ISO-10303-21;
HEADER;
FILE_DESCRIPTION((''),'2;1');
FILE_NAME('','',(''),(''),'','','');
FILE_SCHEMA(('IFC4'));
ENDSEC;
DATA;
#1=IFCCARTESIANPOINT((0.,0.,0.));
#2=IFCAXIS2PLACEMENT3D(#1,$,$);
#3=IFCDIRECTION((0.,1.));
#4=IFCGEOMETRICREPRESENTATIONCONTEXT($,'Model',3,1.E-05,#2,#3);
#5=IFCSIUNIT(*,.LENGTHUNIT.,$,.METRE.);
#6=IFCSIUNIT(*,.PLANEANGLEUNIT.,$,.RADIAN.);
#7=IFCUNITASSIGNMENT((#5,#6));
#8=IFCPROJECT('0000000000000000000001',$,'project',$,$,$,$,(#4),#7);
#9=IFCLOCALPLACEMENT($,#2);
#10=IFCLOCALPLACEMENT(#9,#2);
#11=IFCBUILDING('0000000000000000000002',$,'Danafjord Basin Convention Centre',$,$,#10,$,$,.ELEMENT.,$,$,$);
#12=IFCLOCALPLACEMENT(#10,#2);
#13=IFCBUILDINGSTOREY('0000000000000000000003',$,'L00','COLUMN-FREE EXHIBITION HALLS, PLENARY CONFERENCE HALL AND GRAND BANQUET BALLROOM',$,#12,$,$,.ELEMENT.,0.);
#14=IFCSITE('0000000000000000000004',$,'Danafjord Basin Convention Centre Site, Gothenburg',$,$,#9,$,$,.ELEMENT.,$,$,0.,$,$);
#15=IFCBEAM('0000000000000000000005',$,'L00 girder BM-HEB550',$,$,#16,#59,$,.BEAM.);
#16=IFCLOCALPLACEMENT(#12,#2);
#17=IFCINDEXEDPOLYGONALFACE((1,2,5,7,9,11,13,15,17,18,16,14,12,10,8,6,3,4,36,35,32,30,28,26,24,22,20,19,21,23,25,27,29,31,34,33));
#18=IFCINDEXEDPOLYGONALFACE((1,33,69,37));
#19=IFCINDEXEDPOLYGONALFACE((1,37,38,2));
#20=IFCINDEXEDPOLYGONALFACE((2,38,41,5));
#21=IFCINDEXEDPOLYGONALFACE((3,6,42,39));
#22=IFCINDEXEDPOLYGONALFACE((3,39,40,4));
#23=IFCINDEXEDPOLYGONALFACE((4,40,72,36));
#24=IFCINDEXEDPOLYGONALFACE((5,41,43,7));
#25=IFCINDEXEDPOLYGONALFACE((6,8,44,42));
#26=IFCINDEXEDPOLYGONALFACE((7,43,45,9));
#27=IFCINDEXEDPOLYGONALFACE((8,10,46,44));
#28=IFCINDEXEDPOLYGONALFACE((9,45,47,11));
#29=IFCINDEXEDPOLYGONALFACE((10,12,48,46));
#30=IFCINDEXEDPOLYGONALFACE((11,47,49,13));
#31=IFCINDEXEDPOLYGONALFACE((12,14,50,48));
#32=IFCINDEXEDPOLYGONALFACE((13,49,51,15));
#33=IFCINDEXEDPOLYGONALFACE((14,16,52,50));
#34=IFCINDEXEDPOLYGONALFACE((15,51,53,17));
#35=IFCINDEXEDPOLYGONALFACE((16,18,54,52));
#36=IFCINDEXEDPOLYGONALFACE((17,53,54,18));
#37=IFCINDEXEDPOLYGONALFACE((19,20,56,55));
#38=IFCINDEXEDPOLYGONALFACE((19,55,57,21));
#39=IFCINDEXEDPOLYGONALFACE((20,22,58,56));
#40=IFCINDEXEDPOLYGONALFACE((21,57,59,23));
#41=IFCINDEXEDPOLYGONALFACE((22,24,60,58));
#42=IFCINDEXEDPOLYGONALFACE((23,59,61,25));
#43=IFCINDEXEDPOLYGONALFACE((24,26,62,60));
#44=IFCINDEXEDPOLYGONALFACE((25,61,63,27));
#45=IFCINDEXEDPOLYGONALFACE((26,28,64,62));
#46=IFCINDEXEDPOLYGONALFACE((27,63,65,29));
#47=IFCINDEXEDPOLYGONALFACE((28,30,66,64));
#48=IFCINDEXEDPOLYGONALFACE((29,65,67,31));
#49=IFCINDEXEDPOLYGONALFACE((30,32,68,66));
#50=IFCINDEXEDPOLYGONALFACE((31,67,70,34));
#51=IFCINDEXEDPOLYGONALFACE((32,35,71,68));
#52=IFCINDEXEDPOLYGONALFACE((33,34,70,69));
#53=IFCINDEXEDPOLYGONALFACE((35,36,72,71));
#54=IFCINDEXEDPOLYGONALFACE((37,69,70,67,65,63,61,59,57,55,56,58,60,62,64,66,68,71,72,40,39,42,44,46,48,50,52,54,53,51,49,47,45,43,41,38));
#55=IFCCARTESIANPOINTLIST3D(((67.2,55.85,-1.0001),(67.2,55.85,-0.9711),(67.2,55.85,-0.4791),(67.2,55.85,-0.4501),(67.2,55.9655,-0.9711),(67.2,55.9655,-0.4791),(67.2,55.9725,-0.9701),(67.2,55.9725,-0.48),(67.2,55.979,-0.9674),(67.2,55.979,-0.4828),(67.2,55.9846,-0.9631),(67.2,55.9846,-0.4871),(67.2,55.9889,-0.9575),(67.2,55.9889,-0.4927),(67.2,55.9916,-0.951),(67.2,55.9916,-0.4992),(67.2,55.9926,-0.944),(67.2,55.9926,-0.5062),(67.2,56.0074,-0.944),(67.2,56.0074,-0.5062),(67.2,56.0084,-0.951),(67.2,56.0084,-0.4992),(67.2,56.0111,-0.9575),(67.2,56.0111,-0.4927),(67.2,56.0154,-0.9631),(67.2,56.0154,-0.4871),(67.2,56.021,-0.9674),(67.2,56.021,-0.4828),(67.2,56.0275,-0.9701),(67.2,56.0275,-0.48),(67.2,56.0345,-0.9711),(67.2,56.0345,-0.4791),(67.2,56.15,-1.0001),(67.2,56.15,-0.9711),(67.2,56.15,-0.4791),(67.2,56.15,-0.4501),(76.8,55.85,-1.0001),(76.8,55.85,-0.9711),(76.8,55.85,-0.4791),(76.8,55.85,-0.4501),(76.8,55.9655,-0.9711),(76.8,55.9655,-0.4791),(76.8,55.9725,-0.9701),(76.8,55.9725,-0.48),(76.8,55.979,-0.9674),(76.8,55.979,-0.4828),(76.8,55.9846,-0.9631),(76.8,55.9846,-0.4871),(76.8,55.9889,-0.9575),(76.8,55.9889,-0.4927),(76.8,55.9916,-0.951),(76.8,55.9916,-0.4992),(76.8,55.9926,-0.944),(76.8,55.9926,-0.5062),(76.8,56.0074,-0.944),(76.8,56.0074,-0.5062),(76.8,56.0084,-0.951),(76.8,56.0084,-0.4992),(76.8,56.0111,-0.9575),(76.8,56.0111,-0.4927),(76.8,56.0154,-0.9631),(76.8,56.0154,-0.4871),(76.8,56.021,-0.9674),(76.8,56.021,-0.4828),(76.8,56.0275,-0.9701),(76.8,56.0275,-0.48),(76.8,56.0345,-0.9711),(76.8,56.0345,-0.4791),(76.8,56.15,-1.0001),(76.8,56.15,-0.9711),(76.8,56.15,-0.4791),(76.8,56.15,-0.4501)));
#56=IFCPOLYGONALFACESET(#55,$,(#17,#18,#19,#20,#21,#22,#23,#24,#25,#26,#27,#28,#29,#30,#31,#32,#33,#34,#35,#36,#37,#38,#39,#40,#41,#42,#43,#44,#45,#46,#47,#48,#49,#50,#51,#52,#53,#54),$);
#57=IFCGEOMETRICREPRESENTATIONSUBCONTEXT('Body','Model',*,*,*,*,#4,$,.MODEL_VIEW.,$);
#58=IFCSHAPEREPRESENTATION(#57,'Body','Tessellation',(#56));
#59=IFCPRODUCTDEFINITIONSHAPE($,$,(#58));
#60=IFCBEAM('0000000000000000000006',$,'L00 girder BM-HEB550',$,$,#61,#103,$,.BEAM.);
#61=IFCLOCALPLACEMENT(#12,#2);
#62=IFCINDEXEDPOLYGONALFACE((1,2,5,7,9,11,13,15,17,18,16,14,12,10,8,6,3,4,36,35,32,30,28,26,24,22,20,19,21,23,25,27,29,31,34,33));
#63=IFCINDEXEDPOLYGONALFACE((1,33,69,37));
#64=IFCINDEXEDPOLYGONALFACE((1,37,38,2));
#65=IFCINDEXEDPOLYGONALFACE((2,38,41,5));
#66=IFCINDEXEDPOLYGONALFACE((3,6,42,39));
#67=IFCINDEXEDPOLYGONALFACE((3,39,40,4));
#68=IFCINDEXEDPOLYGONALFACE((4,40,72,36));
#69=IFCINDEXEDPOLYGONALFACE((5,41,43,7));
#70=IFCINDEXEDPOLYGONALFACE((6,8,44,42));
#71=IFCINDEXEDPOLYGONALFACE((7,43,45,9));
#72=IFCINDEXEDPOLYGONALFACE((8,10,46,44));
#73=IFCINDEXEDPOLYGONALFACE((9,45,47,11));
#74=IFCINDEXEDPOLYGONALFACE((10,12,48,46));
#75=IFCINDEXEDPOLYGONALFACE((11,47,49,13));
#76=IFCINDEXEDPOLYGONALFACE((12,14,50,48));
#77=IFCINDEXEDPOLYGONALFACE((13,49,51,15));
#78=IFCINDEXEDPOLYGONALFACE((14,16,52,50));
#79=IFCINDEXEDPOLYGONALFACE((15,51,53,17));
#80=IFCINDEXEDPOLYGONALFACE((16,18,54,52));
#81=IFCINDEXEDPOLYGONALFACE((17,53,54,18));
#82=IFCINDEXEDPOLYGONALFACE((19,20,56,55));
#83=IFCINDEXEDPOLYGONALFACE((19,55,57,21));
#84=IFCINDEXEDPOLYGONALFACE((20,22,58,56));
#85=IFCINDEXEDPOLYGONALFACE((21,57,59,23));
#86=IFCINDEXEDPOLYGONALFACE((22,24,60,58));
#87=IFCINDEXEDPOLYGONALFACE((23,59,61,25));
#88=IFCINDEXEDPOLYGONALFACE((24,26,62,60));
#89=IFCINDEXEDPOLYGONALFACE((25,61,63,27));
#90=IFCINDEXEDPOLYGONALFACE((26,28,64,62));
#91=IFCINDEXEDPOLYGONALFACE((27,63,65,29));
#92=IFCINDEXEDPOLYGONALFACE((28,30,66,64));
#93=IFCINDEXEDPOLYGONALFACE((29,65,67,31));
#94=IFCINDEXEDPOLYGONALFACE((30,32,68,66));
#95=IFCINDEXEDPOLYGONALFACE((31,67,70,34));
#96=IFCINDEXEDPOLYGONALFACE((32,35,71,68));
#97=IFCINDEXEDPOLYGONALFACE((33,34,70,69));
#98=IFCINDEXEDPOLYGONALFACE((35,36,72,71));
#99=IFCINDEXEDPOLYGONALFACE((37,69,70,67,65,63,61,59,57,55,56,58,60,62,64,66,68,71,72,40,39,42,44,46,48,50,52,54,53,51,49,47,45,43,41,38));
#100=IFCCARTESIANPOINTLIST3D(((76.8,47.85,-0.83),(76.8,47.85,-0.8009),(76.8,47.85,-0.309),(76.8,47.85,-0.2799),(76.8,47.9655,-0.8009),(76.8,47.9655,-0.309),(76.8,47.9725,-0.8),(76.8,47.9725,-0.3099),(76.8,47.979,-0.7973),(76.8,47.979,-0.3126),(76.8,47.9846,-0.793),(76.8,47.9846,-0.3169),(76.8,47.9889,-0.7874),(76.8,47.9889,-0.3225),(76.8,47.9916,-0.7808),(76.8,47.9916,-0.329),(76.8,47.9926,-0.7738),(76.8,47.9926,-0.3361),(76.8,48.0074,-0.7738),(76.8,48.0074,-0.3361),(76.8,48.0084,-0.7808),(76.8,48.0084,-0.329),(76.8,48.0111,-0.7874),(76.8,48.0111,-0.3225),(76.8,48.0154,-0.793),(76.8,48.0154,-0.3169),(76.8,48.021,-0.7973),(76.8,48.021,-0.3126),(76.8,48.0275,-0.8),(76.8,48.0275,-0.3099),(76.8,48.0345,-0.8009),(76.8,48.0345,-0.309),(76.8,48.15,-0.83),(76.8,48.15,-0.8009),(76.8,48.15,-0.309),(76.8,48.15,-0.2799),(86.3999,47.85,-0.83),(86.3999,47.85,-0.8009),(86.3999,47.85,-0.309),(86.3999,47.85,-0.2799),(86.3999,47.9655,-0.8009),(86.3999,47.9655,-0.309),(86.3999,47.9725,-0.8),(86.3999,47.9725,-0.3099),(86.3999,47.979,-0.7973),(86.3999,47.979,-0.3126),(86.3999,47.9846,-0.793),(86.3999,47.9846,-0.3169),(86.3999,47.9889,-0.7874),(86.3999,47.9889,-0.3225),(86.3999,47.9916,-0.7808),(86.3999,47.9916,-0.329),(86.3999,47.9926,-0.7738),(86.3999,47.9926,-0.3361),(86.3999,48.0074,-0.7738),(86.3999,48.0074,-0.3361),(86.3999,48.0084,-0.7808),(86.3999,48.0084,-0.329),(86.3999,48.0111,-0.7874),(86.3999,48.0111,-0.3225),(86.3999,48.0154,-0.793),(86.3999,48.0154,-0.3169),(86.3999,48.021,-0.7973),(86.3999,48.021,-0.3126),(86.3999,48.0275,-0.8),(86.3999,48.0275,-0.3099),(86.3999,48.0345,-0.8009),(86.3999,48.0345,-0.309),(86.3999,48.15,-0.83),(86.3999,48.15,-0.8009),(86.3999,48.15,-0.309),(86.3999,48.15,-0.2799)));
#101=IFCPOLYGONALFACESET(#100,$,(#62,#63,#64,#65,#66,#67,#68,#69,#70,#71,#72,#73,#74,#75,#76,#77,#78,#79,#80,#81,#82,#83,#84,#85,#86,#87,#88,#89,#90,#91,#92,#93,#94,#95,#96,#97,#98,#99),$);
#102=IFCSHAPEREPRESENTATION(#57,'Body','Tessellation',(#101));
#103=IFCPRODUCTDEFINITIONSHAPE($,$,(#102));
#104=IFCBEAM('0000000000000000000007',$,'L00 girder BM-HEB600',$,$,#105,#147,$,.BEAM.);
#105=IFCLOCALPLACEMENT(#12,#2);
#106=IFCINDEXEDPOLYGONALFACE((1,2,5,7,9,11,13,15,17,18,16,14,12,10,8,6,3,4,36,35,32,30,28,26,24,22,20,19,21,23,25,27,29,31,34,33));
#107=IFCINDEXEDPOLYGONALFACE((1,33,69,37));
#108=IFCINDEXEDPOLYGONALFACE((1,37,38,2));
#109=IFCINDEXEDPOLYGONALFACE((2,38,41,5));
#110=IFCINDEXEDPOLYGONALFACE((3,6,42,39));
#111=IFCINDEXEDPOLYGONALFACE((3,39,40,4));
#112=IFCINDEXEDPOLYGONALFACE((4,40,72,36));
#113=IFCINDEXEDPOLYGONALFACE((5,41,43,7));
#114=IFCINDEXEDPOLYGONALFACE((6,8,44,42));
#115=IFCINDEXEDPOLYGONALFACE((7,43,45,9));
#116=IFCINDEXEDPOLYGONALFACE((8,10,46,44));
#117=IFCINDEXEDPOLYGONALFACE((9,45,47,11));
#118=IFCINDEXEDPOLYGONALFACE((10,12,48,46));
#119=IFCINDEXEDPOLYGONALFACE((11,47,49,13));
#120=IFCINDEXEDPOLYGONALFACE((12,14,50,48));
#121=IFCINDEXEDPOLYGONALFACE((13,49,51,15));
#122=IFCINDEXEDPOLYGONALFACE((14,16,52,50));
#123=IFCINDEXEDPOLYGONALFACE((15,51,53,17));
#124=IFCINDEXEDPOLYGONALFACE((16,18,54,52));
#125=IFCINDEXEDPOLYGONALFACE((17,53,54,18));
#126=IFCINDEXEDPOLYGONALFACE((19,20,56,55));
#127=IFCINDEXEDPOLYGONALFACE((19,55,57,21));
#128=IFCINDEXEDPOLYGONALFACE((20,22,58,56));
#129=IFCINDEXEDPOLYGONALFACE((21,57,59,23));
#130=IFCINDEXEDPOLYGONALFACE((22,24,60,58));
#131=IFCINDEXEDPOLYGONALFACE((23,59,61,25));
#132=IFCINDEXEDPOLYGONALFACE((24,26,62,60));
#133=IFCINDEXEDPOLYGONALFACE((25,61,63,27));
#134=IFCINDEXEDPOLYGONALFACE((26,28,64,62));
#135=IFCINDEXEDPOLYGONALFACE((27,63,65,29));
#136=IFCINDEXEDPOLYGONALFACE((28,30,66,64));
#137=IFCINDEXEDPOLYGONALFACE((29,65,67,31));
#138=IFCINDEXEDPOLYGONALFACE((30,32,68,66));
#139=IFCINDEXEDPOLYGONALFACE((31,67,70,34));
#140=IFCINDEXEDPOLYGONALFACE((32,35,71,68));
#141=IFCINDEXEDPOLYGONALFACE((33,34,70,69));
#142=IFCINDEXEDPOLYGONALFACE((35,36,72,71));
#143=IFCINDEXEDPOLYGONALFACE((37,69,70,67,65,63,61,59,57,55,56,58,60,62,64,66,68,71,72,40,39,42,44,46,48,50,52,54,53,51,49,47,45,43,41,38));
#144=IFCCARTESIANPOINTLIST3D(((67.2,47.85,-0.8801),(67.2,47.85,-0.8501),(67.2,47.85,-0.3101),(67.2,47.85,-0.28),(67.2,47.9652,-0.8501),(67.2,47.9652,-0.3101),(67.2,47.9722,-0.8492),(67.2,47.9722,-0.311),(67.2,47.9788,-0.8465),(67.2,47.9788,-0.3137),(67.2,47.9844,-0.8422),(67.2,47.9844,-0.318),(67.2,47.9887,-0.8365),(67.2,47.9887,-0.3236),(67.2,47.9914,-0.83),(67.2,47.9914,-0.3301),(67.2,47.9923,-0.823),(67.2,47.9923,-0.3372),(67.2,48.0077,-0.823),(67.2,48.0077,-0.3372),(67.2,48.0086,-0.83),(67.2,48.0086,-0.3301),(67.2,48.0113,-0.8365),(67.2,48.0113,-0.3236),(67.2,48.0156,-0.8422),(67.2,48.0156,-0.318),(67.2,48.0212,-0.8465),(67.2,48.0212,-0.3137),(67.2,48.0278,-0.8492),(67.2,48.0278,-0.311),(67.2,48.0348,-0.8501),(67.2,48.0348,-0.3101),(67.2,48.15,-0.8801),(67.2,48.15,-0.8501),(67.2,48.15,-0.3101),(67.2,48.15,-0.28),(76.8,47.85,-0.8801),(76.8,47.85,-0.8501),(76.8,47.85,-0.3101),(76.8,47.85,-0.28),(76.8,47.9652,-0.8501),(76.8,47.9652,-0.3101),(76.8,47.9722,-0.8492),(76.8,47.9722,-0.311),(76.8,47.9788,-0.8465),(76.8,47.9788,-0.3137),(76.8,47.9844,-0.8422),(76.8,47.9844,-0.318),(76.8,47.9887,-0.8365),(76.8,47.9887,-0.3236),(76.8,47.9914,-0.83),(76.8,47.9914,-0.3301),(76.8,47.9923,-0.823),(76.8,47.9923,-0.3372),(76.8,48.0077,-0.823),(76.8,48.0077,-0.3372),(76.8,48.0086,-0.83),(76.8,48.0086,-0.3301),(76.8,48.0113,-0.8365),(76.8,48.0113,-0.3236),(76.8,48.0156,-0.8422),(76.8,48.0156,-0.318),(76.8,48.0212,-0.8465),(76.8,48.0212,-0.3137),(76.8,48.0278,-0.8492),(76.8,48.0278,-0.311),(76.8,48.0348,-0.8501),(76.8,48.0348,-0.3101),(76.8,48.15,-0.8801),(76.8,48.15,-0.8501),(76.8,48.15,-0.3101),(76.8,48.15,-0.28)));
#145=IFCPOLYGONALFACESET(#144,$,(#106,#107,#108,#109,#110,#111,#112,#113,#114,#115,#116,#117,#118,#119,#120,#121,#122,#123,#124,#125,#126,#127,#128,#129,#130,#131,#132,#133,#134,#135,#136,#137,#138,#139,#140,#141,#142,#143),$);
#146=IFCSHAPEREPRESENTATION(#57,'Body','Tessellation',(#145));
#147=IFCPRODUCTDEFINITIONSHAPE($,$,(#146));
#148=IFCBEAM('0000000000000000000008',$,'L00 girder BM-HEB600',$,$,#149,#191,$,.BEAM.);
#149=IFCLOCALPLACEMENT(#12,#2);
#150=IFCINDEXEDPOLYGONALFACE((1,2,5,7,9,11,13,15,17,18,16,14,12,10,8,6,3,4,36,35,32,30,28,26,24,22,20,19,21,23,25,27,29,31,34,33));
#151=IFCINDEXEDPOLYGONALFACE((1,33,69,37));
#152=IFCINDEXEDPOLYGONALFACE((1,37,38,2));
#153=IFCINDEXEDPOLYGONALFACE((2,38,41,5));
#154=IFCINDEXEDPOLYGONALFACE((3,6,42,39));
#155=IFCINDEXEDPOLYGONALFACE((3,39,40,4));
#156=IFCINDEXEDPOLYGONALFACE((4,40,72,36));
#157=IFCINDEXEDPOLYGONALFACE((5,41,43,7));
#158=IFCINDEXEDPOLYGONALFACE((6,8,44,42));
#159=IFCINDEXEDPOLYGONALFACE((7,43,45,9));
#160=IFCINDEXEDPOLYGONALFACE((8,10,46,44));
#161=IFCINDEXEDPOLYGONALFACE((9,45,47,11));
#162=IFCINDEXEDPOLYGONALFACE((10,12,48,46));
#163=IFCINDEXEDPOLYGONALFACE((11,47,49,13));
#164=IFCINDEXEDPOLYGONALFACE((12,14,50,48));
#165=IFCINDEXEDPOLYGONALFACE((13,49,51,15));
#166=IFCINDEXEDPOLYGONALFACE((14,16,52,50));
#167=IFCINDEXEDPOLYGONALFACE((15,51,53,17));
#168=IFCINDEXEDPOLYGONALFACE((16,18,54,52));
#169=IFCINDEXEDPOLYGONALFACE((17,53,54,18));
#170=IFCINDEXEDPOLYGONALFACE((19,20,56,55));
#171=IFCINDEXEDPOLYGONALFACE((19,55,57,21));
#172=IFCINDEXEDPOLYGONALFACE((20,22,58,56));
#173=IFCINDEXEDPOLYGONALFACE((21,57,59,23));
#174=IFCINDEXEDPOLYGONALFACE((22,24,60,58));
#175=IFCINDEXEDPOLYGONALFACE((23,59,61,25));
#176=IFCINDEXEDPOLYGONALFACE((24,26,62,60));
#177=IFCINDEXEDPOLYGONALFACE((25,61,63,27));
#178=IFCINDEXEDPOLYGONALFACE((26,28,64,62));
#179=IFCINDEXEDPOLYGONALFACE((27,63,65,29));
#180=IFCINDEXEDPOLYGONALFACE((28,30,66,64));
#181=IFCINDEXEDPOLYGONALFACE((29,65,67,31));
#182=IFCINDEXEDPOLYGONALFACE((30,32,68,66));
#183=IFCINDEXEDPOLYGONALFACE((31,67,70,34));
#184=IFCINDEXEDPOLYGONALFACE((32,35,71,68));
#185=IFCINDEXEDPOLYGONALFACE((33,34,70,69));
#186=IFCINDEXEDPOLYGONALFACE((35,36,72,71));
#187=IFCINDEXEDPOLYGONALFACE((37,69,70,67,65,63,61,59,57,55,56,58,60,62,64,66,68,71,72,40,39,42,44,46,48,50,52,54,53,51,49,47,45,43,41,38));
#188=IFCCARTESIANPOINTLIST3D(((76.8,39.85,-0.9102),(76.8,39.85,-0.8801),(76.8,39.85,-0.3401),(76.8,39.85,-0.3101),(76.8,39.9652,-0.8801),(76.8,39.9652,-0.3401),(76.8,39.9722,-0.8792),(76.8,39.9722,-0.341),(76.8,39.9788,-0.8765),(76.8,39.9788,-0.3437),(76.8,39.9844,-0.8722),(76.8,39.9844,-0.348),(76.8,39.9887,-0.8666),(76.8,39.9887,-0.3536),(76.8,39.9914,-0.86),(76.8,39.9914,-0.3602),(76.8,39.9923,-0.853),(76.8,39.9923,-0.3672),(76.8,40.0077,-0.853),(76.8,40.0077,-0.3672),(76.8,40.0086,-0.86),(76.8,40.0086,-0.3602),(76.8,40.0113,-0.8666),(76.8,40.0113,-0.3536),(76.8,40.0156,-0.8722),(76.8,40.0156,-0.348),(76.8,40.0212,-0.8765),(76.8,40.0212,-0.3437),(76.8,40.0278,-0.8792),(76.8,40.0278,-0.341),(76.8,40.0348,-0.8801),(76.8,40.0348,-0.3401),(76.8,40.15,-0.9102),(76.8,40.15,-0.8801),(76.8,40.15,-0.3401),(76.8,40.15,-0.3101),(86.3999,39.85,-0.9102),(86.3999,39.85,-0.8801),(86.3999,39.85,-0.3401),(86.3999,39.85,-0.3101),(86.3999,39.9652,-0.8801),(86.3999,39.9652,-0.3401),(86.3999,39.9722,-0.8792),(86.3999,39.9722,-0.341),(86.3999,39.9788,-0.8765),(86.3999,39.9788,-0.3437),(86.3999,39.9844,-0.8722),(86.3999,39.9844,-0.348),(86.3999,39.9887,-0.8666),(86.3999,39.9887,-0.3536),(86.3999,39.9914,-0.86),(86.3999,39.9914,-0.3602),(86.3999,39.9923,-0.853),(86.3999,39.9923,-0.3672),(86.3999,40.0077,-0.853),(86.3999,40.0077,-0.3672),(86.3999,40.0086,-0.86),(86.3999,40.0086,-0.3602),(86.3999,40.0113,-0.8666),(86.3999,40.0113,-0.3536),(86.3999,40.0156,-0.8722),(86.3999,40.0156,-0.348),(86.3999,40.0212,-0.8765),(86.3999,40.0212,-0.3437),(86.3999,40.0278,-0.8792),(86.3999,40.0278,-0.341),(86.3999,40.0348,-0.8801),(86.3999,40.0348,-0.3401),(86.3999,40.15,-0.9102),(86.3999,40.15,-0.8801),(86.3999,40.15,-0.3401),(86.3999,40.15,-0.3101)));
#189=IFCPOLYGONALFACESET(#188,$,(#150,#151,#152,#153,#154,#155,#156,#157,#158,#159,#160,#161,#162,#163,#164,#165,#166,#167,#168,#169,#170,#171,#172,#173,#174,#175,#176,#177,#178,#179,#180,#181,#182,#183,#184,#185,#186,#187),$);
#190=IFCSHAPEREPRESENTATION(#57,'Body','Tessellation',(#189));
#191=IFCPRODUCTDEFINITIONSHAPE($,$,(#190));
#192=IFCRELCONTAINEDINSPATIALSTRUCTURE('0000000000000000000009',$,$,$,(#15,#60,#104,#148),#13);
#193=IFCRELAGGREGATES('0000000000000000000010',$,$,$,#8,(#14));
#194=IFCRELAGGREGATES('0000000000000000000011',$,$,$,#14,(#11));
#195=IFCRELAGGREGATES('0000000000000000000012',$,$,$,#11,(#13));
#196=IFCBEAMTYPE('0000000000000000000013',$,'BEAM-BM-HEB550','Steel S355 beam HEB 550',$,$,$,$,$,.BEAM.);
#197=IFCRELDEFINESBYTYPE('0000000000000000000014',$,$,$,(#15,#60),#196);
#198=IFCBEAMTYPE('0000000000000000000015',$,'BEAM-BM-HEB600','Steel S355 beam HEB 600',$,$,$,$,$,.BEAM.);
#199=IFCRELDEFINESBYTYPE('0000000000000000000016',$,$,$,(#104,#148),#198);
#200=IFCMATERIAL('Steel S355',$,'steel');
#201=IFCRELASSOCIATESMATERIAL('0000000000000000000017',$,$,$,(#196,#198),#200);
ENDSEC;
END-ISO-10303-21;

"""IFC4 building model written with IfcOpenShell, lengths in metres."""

from ifc_helpers import new_model, si_unit, direction, frame, origin, origin_2d, place, context, subcontext, project, spatial, i_section, extrude, material, material_profile, profile_set, type_object, element, save


model = new_model("IFC4")

# Units and contexts
model_context = context("Model", 3, precision=1e-05, world=origin(), true_north=direction((0.0, 1.0)))
body_context = subcontext(model_context, "Body", "Model", "MODEL_VIEW")
ifc_project = project(units=[si_unit("LENGTHUNIT", "METRE"), si_unit("PLANEANGLEUNIT", "RADIAN")], contexts=[model_context])

# Site, building, storey
site_placement = place(None, origin())
site = spatial("IfcSite", under=ifc_project, at=site_placement, Name="Danafjord Basin Convention Centre Site, Gothenburg", CompositionType="ELEMENT", RefElevation=0.0)
building_placement = place(site_placement, origin())
building = spatial("IfcBuilding", under=site, at=building_placement, Name="Danafjord Basin Convention Centre", CompositionType="ELEMENT")
storey_placement = place(building_placement, origin())
storey = spatial("IfcBuildingStorey", under=building, at=storey_placement, Name="L00", Description="COLUMN-FREE EXHIBITION HALLS, PLENARY CONFERENCE HALL AND GRAND BANQUET BALLROOM", CompositionType="ELEMENT", Elevation=0.0)

# Shared definitions
ifc_material_1 = material(Name="Steel S355", Category="steel")

# Beams
ifc_material_profile_1 = material_profile(ifc_material_1, i_section(OverallWidth=0.3, OverallDepth=0.55, WebThickness=0.0149, FlangeThickness=0.0291, FilletRadius=0.0271, at=origin_2d()), Name="HEB 550")
ifc_profile_set_1 = profile_set([ifc_material_profile_1], Name="Steel S355")
beam_type_1 = type_object("IfcBeamType", Name="BEAM-BM-HEB550", Description="Steel S355 beam HEB 550", PredefinedType="BEAM", material=ifc_profile_set_1)
beam_1_placement = place(storey_placement, frame((67.2, 56.0, -0.7251), z_axis=(1.0, 0.0, 0.0), x_axis=(0.0, 1.0, 0.0)))
element("IfcBeam", 1, at=beam_1_placement, inside=storey, type_object=beam_type_1, Name="L00 girder BM-HEB550", PredefinedType="BEAM", context=body_context, shape_type="SweptSolid", body=[
    extrude(i_section(OverallWidth=0.3, OverallDepth=0.55, WebThickness=0.0149, FlangeThickness=0.0291, FilletRadius=0.0271, at=origin_2d()), origin(), (0.0, 0.0, 1.0), 9.6001),
])
beam_2_placement = place(storey_placement, frame((76.8, 48.0, -0.5549), z_axis=(1.0, 0.0, 0.0), x_axis=(0.0, 1.0, 0.0)))
element("IfcBeam", 2, at=beam_2_placement, inside=storey, type_object=beam_type_1, Name="L00 girder BM-HEB550", PredefinedType="BEAM", context=body_context, shape_type="SweptSolid", body=[
    extrude(i_section(OverallWidth=0.3, OverallDepth=0.55, WebThickness=0.0149, FlangeThickness=0.0291, FilletRadius=0.0271, at=origin_2d()), origin(), (0.0, 0.0, 1.0), 9.5999),
])
ifc_material_profile_2 = material_profile(ifc_material_1, i_section(OverallWidth=0.3, OverallDepth=0.6001, WebThickness=0.0154, FlangeThickness=0.03, FilletRadius=0.0271, at=origin_2d()), Name="HEB 600")
ifc_profile_set_2 = profile_set([ifc_material_profile_2], Name="Steel S355")
beam_type_2 = type_object("IfcBeamType", Name="BEAM-BM-HEB600", Description="Steel S355 beam HEB 600", PredefinedType="BEAM", material=ifc_profile_set_2)
beam_3_placement = place(storey_placement, frame((67.2, 48.0, -0.5801), z_axis=(1.0, 0.0, 0.0), x_axis=(0.0, 1.0, 0.0)))
element("IfcBeam", 3, at=beam_3_placement, inside=storey, type_object=beam_type_2, Name="L00 girder BM-HEB600", PredefinedType="BEAM", context=body_context, shape_type="SweptSolid", body=[
    extrude(i_section(OverallWidth=0.3, OverallDepth=0.6001, WebThickness=0.0154, FlangeThickness=0.03, FilletRadius=0.0271, at=origin_2d()), origin(), (0.0, 0.0, 1.0), 9.6001),
])
beam_4_placement = place(storey_placement, frame((76.8, 40.0, -0.6101), z_axis=(1.0, 0.0, 0.0), x_axis=(0.0, 1.0, 0.0)))
element("IfcBeam", 4, at=beam_4_placement, inside=storey, type_object=beam_type_2, Name="L00 girder BM-HEB600", PredefinedType="BEAM", context=body_context, shape_type="SweptSolid", body=[
    extrude(i_section(OverallWidth=0.3, OverallDepth=0.6001, WebThickness=0.0154, FlangeThickness=0.03, FilletRadius=0.0271, at=origin_2d()), origin(), (0.0, 0.0, 1.0), 9.5999),
])

save(model, "model.ifc")
